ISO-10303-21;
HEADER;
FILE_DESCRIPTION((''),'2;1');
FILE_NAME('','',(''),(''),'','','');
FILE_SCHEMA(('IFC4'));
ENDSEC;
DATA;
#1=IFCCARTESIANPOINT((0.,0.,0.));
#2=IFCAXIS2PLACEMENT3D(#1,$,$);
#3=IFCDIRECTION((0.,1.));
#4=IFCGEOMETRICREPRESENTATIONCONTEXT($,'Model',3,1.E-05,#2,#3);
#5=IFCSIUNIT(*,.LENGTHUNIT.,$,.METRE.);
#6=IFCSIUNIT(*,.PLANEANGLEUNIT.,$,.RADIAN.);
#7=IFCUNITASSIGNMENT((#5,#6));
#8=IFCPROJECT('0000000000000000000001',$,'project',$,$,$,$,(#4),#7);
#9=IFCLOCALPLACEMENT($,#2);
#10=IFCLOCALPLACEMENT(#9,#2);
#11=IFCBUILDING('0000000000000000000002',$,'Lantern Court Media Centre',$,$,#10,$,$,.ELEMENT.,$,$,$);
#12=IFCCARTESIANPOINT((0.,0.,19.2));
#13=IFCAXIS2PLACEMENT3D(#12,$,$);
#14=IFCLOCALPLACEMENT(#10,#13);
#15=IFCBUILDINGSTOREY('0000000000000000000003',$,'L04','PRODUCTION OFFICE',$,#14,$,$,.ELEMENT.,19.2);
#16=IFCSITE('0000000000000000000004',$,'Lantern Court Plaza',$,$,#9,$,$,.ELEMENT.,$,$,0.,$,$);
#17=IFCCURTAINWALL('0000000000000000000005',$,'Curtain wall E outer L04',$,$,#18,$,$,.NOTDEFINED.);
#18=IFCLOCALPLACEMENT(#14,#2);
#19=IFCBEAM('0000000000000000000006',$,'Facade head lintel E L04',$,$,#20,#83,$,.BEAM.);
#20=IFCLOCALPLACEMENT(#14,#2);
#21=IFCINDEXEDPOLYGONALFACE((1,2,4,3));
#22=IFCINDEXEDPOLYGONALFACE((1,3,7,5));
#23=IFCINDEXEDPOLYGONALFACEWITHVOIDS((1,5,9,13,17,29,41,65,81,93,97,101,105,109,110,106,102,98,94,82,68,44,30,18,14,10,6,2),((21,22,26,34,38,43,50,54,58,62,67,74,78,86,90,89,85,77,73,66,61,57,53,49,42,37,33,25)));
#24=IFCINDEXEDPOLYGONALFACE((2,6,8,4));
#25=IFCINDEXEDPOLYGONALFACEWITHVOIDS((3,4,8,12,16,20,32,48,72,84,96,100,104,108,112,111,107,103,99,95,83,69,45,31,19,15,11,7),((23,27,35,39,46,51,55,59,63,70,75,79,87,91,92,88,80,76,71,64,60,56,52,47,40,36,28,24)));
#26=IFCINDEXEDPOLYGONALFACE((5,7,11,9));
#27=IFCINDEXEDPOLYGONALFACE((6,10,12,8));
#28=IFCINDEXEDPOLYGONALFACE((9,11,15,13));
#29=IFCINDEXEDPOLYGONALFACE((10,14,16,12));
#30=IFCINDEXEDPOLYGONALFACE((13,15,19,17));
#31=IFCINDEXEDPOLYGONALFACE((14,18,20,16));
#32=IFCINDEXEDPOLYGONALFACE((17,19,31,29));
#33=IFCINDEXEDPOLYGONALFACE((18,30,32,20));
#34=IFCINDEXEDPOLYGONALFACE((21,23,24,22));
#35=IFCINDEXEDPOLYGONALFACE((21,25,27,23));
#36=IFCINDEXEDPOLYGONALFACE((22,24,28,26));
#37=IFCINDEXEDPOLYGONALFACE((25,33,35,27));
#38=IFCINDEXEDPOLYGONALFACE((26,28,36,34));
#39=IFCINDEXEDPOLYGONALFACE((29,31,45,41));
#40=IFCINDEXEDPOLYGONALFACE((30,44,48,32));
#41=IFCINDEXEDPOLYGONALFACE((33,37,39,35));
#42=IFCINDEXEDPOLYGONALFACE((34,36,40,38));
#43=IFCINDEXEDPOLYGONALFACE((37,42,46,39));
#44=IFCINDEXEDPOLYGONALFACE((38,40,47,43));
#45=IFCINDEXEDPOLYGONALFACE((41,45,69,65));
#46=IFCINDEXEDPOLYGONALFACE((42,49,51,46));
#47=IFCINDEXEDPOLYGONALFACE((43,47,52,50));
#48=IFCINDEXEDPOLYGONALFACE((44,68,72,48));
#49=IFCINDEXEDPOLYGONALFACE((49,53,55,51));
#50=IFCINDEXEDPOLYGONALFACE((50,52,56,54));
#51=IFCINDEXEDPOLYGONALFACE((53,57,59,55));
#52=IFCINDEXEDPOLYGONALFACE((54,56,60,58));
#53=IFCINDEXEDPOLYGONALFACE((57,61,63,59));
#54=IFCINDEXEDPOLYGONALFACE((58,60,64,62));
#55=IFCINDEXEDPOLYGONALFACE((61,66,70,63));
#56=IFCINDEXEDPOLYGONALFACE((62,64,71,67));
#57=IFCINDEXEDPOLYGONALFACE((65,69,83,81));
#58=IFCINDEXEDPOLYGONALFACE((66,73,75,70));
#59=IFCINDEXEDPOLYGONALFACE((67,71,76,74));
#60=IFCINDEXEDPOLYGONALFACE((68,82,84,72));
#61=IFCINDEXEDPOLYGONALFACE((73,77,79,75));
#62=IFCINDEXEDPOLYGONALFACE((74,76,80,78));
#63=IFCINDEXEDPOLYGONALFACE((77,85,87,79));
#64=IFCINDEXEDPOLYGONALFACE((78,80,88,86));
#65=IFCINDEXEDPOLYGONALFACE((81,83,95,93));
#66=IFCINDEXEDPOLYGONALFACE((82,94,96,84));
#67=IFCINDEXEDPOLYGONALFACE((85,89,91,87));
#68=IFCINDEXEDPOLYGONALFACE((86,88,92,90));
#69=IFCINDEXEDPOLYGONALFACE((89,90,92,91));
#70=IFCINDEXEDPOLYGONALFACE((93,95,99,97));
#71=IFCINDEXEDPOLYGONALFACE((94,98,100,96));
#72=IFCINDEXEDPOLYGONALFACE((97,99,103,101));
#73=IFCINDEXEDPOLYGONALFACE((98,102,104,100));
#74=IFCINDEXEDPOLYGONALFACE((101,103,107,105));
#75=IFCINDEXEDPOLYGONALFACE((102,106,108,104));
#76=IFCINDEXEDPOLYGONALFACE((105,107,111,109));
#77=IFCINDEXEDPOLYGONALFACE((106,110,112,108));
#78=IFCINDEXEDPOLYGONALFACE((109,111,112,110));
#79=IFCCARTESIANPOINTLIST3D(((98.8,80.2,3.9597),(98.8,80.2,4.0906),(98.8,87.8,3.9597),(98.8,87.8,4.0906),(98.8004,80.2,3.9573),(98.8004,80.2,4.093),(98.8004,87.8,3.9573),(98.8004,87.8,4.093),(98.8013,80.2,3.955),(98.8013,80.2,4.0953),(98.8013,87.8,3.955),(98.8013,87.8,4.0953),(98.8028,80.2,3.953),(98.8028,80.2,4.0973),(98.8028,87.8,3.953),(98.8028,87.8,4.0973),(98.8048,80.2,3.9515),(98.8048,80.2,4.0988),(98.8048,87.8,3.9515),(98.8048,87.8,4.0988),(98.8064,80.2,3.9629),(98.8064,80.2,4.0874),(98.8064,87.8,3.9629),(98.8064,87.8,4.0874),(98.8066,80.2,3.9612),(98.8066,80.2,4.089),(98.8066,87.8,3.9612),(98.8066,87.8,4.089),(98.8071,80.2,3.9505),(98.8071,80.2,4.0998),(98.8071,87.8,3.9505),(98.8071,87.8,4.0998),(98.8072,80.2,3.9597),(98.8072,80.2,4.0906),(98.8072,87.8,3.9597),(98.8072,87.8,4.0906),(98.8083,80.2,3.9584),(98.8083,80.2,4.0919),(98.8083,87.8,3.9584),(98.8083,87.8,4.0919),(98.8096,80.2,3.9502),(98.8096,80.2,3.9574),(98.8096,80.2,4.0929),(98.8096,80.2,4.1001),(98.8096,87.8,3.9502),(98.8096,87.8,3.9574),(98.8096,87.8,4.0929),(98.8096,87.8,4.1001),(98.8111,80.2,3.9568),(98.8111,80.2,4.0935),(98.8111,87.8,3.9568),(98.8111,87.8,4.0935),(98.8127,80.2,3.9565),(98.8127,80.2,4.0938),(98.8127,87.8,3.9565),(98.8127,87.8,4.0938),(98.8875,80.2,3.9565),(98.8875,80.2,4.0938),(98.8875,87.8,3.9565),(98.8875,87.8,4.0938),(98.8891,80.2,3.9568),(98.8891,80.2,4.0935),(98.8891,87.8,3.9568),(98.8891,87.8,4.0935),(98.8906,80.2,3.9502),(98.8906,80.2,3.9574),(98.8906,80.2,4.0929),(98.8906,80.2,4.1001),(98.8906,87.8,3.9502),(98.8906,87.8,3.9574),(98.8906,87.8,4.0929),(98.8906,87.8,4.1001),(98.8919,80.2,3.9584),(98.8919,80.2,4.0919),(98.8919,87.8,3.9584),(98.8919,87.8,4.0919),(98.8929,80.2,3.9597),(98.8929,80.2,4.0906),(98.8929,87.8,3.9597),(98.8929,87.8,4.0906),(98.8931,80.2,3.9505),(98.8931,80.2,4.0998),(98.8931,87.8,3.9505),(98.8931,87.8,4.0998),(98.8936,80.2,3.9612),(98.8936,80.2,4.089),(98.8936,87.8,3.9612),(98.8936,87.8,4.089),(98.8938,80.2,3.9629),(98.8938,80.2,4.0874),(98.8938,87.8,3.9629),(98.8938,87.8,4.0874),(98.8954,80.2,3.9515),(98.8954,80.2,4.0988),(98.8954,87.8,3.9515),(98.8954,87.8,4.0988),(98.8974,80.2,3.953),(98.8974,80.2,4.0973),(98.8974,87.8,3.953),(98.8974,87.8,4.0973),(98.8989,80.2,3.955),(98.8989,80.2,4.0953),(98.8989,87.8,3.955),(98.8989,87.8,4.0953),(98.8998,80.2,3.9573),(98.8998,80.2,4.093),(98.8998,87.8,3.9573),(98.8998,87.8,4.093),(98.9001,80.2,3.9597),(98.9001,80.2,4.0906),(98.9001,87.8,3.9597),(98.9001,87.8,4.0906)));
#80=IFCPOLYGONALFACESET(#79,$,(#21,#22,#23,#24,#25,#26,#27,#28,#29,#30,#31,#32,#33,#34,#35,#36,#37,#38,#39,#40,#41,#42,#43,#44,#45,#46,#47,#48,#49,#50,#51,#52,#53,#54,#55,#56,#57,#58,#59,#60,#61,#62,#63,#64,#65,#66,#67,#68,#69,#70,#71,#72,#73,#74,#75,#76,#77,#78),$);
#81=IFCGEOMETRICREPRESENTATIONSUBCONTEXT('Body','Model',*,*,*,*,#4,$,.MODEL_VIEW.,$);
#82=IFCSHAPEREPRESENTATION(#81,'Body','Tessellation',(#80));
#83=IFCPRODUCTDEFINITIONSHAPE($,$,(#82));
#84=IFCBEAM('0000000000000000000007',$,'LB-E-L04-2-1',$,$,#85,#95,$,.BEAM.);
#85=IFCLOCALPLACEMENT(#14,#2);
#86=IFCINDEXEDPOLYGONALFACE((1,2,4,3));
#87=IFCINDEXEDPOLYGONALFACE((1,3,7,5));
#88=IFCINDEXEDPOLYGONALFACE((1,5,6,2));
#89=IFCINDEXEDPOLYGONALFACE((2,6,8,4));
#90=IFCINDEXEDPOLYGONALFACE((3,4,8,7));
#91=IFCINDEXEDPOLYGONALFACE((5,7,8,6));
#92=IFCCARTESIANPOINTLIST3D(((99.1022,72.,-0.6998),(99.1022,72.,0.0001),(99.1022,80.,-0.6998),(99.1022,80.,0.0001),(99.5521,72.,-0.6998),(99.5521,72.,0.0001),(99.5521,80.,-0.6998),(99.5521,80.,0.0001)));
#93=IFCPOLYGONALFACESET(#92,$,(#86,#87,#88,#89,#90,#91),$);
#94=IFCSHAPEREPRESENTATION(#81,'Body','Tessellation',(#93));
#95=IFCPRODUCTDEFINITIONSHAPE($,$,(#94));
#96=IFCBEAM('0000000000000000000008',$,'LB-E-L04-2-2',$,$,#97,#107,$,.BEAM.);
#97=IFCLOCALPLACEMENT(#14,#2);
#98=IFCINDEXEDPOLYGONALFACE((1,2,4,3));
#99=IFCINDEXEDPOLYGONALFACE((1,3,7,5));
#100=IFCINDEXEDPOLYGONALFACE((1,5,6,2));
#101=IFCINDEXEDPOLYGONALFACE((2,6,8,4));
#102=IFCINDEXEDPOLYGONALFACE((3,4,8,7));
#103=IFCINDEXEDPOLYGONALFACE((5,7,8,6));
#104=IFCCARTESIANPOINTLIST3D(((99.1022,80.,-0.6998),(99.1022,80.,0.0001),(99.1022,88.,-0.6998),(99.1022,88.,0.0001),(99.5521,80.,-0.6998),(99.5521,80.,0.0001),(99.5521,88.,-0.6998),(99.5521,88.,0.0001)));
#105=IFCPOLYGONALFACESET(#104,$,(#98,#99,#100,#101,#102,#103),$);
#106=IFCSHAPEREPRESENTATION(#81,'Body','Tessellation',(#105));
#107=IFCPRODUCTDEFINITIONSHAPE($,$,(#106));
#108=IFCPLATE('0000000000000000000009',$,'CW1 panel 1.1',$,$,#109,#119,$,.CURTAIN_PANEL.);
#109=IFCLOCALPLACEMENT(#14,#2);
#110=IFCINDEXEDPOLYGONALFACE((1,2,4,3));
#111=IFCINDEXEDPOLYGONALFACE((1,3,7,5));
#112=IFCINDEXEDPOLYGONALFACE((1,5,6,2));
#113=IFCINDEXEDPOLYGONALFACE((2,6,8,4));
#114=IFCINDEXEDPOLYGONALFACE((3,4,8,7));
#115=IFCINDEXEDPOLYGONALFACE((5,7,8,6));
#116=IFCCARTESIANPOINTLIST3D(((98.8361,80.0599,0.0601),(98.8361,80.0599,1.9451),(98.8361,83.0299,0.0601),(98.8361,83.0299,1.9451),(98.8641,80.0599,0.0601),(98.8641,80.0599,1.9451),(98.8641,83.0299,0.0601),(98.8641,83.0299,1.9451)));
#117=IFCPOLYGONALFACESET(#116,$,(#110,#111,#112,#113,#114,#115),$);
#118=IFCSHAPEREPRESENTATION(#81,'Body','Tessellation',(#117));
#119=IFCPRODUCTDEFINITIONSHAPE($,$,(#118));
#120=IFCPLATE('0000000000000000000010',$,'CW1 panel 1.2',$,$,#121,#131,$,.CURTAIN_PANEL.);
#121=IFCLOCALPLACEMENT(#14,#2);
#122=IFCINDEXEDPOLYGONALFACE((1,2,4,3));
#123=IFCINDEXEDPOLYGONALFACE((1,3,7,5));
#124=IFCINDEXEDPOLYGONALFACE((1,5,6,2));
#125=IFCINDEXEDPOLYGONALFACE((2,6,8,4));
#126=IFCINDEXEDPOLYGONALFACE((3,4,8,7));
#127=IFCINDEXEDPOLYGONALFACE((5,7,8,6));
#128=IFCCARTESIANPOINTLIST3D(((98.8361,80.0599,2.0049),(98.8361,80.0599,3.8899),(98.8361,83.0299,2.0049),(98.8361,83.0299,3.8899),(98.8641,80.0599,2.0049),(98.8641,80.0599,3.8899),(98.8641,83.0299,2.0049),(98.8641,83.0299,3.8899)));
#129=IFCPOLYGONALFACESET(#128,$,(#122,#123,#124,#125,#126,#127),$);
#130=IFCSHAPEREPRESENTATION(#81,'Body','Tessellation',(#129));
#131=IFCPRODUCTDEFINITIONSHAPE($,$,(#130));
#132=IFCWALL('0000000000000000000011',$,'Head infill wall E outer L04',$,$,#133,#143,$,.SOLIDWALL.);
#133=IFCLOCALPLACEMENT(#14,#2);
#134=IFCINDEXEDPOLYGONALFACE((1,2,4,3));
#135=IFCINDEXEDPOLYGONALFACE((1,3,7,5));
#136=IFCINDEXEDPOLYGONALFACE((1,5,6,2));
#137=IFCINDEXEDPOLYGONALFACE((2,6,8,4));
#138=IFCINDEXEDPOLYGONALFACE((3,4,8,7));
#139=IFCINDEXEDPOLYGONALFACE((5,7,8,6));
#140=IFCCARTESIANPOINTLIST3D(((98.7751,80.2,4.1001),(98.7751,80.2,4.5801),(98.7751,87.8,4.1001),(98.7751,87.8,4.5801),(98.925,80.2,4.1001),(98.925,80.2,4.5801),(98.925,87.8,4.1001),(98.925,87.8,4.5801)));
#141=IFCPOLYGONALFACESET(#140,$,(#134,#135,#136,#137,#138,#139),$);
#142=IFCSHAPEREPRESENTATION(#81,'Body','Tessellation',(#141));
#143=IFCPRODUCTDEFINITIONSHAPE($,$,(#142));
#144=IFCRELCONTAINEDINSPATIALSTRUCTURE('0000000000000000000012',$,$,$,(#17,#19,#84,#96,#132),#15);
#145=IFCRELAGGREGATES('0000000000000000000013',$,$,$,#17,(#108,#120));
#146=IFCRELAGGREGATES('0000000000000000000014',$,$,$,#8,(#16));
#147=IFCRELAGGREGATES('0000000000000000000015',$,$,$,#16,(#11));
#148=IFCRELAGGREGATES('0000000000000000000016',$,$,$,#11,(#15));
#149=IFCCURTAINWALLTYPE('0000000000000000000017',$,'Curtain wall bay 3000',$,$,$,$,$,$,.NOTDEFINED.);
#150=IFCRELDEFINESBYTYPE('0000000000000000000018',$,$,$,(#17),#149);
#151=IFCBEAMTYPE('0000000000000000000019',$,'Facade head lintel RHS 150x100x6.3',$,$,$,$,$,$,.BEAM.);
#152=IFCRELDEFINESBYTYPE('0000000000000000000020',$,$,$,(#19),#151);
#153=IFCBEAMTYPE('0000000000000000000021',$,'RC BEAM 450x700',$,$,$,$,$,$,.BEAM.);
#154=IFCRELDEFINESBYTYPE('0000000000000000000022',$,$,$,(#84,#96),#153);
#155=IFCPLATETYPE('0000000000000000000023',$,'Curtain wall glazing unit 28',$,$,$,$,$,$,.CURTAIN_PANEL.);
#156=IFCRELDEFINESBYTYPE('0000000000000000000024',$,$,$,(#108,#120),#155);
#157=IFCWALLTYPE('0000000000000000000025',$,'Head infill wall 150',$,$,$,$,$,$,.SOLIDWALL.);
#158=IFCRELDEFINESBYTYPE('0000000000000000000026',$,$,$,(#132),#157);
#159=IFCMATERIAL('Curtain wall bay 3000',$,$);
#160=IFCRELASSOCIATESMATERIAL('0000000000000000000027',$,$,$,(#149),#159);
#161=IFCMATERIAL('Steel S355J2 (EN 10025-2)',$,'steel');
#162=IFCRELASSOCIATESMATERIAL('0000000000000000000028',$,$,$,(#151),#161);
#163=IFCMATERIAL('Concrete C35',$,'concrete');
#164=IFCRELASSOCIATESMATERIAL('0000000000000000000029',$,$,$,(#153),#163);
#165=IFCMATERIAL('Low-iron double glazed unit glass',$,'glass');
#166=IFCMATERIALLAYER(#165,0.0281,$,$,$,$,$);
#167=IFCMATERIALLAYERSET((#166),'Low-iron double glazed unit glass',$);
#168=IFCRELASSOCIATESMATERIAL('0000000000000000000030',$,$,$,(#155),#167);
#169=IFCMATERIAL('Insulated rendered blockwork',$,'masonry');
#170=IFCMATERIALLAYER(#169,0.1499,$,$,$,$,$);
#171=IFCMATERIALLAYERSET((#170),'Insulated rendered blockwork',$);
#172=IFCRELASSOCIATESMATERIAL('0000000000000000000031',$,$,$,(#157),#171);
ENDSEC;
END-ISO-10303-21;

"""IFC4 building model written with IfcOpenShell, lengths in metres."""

from ifc_helpers import new_model, si_unit, direction, frame, frame_2d, origin, origin_2d, place, context, subcontext, project, spatial, rectangle, hollow_rectangle, extrude, material, layer, layer_set, material_profile, profile_set, type_object, element, aggregate, save


model = new_model("IFC4")

# Units and contexts
model_context = context("Model", 3, precision=1e-05, world=origin(), true_north=direction((0.0, 1.0)))
body_context = subcontext(model_context, "Body", "Model", "MODEL_VIEW")
ifc_project = project(units=[si_unit("LENGTHUNIT", "METRE"), si_unit("PLANEANGLEUNIT", "RADIAN")], contexts=[model_context])

# Site, building, storey
site_placement = place(None, origin())
site = spatial("IfcSite", under=ifc_project, at=site_placement, Name="Lantern Court Plaza", CompositionType="ELEMENT", RefElevation=0.0)
building_placement = place(site_placement, origin())
building = spatial("IfcBuilding", under=site, at=building_placement, Name="Lantern Court Media Centre", CompositionType="ELEMENT")
storey_placement = place(building_placement, frame((0.0, 0.0, 19.2)))
storey = spatial("IfcBuildingStorey", under=building, at=storey_placement, Name="L04", Description="PRODUCTION OFFICE", CompositionType="ELEMENT", Elevation=19.2)

# Shared definitions
ifc_material_1 = material(Name="Concrete C35", Category="concrete")

# Curtain wall
ifc_material_2 = material(Name="Curtain wall bay 3000")
curtain_wall_type = type_object("IfcCurtainWallType", Name="Curtain wall bay 3000", PredefinedType="NOTDEFINED", material=ifc_material_2)
curtain_wall_1_placement = place(storey_placement, origin())
curtain_wall_1 = element("IfcCurtainWall", 1, at=curtain_wall_1_placement, inside=storey, type_object=curtain_wall_type, Name="Curtain wall E outer L04", PredefinedType="NOTDEFINED")

# Beams
ifc_material_3 = material(Name="Steel S355J2 (EN 10025-2)", Category="steel")
ifc_material_profile_1 = material_profile(ifc_material_3, hollow_rectangle(XDim=0.1001, YDim=0.1499, WallThickness=0.0063, InnerFilletRadius=0.0063, OuterFilletRadius=0.0095, at=origin_2d()), Name="Facade head lintel RHS 150x100x6.3")
ifc_profile_set_1 = profile_set([ifc_material_profile_1], Name="Steel S355J2 (EN 10025-2)")
beam_type_1 = type_object("IfcBeamType", Name="Facade head lintel RHS 150x100x6.3", PredefinedType="BEAM", material=ifc_profile_set_1)
beam_placement = place(storey_placement, frame((98.8501, 80.2, 4.0251), z_axis=(0.0, 1.0, 0.0), x_axis=(-1.0, 0.0, 0.0)))
element("IfcBeam", 2, at=beam_placement, inside=storey, type_object=beam_type_1, Name="Facade head lintel E L04", PredefinedType="BEAM", context=body_context, shape_type="SweptSolid", body=[
    extrude(hollow_rectangle(XDim=0.1001, YDim=0.1499, WallThickness=0.0063, InnerFilletRadius=0.0063, OuterFilletRadius=0.0095, at=origin_2d()), origin(), (0.0, 0.0, 1.0), 7.6001),
])
ifc_material_profile_2 = material_profile(ifc_material_1, rectangle(XDim=0.45, YDim=0.7, at=origin_2d()), Name="RC 450x700")
ifc_profile_set_2 = profile_set([ifc_material_profile_2], Name="Concrete C35")
beam_type_2 = type_object("IfcBeamType", Name="RC BEAM 450x700", PredefinedType="BEAM", material=ifc_profile_set_2)
for number, where, z_axis, x_axis, name in (
    (3, (99.3271, 72.0, -0.3499), (0.0, 1.0, 0.0), (-1.0, 0.0, 0.0), "LB-E-L04-2-1"),
    (4, (99.3271, 80.0, -0.3499), (0.0, 1.0, 0.0), (-1.0, 0.0, 0.0), "LB-E-L04-2-2"),
):
    element("IfcBeam", number, at=place(storey_placement, frame(where, z_axis=z_axis, x_axis=x_axis)), inside=storey, type_object=beam_type_2, Name=name, PredefinedType="BEAM", context=body_context, shape_type="SweptSolid", body=[
        extrude(rectangle(XDim=0.45, YDim=0.7, at=origin_2d()), origin(), (0.0, 0.0, 1.0), 8.0),
    ])

# Plates
ifc_material_4 = material(Name="Low-iron double glazed unit glass", Category="glass")
ifc_layer_1 = layer(ifc_material_4, 0.0281)
ifc_layer_set_1 = layer_set([ifc_layer_1], Name="Low-iron double glazed unit glass")
plate_type = type_object("IfcPlateType", Name="Curtain wall glazing unit 28", PredefinedType="CURTAIN_PANEL", material=ifc_layer_set_1)
plate_1_placement = place(storey_placement, frame((98.8501, 81.5449, 0.0601), z_axis=(0.0, 0.0, 1.0), x_axis=(0.0, 1.0, 0.0)))
plate_1 = element("IfcPlate", 5, at=plate_1_placement, type_object=plate_type, Name="CW1 panel 1.1", PredefinedType="CURTAIN_PANEL", context=body_context, shape_type="SweptSolid", body=[
    extrude(rectangle(XDim=2.97, YDim=0.0281, at=origin_2d()), origin(), (0.0, 0.0, 1.0), 1.885),
])
plate_2_placement = place(storey_placement, frame((98.8501, 81.5449, 2.0049), z_axis=(0.0, 0.0, 1.0), x_axis=(0.0, 1.0, 0.0)))
plate_2 = element("IfcPlate", 6, at=plate_2_placement, type_object=plate_type, Name="CW1 panel 1.2", PredefinedType="CURTAIN_PANEL", context=body_context, shape_type="SweptSolid", body=[
    extrude(rectangle(XDim=2.97, YDim=0.0281, at=origin_2d()), origin(), (0.0, 0.0, 1.0), 1.885),
])
aggregate(curtain_wall_1, [plate_1, plate_2])

# Wall
ifc_material_5 = material(Name="Insulated rendered blockwork", Category="masonry")
ifc_layer_2 = layer(ifc_material_5, 0.1499)
ifc_layer_set_2 = layer_set([ifc_layer_2], Name="Insulated rendered blockwork")
wall_type = type_object("IfcWallType", Name="Head infill wall 150", PredefinedType="SOLIDWALL", material=ifc_layer_set_2)
wall_placement = place(storey_placement, frame((98.8501, 80.2, 4.1001), z_axis=(0.0, 0.0, 1.0), x_axis=(0.0, 1.0, 0.0)))
element("IfcWall", 7, at=wall_placement, inside=storey, type_object=wall_type, Name="Head infill wall E outer L04", PredefinedType="SOLIDWALL", context=body_context, shape_type="SweptSolid", body=[
    extrude(rectangle(XDim=7.6001, YDim=0.1499, at=frame_2d((3.8, 0.0))), origin(), (0.0, 0.0, 1.0), 0.48),
])

save(model, "model.ifc")
